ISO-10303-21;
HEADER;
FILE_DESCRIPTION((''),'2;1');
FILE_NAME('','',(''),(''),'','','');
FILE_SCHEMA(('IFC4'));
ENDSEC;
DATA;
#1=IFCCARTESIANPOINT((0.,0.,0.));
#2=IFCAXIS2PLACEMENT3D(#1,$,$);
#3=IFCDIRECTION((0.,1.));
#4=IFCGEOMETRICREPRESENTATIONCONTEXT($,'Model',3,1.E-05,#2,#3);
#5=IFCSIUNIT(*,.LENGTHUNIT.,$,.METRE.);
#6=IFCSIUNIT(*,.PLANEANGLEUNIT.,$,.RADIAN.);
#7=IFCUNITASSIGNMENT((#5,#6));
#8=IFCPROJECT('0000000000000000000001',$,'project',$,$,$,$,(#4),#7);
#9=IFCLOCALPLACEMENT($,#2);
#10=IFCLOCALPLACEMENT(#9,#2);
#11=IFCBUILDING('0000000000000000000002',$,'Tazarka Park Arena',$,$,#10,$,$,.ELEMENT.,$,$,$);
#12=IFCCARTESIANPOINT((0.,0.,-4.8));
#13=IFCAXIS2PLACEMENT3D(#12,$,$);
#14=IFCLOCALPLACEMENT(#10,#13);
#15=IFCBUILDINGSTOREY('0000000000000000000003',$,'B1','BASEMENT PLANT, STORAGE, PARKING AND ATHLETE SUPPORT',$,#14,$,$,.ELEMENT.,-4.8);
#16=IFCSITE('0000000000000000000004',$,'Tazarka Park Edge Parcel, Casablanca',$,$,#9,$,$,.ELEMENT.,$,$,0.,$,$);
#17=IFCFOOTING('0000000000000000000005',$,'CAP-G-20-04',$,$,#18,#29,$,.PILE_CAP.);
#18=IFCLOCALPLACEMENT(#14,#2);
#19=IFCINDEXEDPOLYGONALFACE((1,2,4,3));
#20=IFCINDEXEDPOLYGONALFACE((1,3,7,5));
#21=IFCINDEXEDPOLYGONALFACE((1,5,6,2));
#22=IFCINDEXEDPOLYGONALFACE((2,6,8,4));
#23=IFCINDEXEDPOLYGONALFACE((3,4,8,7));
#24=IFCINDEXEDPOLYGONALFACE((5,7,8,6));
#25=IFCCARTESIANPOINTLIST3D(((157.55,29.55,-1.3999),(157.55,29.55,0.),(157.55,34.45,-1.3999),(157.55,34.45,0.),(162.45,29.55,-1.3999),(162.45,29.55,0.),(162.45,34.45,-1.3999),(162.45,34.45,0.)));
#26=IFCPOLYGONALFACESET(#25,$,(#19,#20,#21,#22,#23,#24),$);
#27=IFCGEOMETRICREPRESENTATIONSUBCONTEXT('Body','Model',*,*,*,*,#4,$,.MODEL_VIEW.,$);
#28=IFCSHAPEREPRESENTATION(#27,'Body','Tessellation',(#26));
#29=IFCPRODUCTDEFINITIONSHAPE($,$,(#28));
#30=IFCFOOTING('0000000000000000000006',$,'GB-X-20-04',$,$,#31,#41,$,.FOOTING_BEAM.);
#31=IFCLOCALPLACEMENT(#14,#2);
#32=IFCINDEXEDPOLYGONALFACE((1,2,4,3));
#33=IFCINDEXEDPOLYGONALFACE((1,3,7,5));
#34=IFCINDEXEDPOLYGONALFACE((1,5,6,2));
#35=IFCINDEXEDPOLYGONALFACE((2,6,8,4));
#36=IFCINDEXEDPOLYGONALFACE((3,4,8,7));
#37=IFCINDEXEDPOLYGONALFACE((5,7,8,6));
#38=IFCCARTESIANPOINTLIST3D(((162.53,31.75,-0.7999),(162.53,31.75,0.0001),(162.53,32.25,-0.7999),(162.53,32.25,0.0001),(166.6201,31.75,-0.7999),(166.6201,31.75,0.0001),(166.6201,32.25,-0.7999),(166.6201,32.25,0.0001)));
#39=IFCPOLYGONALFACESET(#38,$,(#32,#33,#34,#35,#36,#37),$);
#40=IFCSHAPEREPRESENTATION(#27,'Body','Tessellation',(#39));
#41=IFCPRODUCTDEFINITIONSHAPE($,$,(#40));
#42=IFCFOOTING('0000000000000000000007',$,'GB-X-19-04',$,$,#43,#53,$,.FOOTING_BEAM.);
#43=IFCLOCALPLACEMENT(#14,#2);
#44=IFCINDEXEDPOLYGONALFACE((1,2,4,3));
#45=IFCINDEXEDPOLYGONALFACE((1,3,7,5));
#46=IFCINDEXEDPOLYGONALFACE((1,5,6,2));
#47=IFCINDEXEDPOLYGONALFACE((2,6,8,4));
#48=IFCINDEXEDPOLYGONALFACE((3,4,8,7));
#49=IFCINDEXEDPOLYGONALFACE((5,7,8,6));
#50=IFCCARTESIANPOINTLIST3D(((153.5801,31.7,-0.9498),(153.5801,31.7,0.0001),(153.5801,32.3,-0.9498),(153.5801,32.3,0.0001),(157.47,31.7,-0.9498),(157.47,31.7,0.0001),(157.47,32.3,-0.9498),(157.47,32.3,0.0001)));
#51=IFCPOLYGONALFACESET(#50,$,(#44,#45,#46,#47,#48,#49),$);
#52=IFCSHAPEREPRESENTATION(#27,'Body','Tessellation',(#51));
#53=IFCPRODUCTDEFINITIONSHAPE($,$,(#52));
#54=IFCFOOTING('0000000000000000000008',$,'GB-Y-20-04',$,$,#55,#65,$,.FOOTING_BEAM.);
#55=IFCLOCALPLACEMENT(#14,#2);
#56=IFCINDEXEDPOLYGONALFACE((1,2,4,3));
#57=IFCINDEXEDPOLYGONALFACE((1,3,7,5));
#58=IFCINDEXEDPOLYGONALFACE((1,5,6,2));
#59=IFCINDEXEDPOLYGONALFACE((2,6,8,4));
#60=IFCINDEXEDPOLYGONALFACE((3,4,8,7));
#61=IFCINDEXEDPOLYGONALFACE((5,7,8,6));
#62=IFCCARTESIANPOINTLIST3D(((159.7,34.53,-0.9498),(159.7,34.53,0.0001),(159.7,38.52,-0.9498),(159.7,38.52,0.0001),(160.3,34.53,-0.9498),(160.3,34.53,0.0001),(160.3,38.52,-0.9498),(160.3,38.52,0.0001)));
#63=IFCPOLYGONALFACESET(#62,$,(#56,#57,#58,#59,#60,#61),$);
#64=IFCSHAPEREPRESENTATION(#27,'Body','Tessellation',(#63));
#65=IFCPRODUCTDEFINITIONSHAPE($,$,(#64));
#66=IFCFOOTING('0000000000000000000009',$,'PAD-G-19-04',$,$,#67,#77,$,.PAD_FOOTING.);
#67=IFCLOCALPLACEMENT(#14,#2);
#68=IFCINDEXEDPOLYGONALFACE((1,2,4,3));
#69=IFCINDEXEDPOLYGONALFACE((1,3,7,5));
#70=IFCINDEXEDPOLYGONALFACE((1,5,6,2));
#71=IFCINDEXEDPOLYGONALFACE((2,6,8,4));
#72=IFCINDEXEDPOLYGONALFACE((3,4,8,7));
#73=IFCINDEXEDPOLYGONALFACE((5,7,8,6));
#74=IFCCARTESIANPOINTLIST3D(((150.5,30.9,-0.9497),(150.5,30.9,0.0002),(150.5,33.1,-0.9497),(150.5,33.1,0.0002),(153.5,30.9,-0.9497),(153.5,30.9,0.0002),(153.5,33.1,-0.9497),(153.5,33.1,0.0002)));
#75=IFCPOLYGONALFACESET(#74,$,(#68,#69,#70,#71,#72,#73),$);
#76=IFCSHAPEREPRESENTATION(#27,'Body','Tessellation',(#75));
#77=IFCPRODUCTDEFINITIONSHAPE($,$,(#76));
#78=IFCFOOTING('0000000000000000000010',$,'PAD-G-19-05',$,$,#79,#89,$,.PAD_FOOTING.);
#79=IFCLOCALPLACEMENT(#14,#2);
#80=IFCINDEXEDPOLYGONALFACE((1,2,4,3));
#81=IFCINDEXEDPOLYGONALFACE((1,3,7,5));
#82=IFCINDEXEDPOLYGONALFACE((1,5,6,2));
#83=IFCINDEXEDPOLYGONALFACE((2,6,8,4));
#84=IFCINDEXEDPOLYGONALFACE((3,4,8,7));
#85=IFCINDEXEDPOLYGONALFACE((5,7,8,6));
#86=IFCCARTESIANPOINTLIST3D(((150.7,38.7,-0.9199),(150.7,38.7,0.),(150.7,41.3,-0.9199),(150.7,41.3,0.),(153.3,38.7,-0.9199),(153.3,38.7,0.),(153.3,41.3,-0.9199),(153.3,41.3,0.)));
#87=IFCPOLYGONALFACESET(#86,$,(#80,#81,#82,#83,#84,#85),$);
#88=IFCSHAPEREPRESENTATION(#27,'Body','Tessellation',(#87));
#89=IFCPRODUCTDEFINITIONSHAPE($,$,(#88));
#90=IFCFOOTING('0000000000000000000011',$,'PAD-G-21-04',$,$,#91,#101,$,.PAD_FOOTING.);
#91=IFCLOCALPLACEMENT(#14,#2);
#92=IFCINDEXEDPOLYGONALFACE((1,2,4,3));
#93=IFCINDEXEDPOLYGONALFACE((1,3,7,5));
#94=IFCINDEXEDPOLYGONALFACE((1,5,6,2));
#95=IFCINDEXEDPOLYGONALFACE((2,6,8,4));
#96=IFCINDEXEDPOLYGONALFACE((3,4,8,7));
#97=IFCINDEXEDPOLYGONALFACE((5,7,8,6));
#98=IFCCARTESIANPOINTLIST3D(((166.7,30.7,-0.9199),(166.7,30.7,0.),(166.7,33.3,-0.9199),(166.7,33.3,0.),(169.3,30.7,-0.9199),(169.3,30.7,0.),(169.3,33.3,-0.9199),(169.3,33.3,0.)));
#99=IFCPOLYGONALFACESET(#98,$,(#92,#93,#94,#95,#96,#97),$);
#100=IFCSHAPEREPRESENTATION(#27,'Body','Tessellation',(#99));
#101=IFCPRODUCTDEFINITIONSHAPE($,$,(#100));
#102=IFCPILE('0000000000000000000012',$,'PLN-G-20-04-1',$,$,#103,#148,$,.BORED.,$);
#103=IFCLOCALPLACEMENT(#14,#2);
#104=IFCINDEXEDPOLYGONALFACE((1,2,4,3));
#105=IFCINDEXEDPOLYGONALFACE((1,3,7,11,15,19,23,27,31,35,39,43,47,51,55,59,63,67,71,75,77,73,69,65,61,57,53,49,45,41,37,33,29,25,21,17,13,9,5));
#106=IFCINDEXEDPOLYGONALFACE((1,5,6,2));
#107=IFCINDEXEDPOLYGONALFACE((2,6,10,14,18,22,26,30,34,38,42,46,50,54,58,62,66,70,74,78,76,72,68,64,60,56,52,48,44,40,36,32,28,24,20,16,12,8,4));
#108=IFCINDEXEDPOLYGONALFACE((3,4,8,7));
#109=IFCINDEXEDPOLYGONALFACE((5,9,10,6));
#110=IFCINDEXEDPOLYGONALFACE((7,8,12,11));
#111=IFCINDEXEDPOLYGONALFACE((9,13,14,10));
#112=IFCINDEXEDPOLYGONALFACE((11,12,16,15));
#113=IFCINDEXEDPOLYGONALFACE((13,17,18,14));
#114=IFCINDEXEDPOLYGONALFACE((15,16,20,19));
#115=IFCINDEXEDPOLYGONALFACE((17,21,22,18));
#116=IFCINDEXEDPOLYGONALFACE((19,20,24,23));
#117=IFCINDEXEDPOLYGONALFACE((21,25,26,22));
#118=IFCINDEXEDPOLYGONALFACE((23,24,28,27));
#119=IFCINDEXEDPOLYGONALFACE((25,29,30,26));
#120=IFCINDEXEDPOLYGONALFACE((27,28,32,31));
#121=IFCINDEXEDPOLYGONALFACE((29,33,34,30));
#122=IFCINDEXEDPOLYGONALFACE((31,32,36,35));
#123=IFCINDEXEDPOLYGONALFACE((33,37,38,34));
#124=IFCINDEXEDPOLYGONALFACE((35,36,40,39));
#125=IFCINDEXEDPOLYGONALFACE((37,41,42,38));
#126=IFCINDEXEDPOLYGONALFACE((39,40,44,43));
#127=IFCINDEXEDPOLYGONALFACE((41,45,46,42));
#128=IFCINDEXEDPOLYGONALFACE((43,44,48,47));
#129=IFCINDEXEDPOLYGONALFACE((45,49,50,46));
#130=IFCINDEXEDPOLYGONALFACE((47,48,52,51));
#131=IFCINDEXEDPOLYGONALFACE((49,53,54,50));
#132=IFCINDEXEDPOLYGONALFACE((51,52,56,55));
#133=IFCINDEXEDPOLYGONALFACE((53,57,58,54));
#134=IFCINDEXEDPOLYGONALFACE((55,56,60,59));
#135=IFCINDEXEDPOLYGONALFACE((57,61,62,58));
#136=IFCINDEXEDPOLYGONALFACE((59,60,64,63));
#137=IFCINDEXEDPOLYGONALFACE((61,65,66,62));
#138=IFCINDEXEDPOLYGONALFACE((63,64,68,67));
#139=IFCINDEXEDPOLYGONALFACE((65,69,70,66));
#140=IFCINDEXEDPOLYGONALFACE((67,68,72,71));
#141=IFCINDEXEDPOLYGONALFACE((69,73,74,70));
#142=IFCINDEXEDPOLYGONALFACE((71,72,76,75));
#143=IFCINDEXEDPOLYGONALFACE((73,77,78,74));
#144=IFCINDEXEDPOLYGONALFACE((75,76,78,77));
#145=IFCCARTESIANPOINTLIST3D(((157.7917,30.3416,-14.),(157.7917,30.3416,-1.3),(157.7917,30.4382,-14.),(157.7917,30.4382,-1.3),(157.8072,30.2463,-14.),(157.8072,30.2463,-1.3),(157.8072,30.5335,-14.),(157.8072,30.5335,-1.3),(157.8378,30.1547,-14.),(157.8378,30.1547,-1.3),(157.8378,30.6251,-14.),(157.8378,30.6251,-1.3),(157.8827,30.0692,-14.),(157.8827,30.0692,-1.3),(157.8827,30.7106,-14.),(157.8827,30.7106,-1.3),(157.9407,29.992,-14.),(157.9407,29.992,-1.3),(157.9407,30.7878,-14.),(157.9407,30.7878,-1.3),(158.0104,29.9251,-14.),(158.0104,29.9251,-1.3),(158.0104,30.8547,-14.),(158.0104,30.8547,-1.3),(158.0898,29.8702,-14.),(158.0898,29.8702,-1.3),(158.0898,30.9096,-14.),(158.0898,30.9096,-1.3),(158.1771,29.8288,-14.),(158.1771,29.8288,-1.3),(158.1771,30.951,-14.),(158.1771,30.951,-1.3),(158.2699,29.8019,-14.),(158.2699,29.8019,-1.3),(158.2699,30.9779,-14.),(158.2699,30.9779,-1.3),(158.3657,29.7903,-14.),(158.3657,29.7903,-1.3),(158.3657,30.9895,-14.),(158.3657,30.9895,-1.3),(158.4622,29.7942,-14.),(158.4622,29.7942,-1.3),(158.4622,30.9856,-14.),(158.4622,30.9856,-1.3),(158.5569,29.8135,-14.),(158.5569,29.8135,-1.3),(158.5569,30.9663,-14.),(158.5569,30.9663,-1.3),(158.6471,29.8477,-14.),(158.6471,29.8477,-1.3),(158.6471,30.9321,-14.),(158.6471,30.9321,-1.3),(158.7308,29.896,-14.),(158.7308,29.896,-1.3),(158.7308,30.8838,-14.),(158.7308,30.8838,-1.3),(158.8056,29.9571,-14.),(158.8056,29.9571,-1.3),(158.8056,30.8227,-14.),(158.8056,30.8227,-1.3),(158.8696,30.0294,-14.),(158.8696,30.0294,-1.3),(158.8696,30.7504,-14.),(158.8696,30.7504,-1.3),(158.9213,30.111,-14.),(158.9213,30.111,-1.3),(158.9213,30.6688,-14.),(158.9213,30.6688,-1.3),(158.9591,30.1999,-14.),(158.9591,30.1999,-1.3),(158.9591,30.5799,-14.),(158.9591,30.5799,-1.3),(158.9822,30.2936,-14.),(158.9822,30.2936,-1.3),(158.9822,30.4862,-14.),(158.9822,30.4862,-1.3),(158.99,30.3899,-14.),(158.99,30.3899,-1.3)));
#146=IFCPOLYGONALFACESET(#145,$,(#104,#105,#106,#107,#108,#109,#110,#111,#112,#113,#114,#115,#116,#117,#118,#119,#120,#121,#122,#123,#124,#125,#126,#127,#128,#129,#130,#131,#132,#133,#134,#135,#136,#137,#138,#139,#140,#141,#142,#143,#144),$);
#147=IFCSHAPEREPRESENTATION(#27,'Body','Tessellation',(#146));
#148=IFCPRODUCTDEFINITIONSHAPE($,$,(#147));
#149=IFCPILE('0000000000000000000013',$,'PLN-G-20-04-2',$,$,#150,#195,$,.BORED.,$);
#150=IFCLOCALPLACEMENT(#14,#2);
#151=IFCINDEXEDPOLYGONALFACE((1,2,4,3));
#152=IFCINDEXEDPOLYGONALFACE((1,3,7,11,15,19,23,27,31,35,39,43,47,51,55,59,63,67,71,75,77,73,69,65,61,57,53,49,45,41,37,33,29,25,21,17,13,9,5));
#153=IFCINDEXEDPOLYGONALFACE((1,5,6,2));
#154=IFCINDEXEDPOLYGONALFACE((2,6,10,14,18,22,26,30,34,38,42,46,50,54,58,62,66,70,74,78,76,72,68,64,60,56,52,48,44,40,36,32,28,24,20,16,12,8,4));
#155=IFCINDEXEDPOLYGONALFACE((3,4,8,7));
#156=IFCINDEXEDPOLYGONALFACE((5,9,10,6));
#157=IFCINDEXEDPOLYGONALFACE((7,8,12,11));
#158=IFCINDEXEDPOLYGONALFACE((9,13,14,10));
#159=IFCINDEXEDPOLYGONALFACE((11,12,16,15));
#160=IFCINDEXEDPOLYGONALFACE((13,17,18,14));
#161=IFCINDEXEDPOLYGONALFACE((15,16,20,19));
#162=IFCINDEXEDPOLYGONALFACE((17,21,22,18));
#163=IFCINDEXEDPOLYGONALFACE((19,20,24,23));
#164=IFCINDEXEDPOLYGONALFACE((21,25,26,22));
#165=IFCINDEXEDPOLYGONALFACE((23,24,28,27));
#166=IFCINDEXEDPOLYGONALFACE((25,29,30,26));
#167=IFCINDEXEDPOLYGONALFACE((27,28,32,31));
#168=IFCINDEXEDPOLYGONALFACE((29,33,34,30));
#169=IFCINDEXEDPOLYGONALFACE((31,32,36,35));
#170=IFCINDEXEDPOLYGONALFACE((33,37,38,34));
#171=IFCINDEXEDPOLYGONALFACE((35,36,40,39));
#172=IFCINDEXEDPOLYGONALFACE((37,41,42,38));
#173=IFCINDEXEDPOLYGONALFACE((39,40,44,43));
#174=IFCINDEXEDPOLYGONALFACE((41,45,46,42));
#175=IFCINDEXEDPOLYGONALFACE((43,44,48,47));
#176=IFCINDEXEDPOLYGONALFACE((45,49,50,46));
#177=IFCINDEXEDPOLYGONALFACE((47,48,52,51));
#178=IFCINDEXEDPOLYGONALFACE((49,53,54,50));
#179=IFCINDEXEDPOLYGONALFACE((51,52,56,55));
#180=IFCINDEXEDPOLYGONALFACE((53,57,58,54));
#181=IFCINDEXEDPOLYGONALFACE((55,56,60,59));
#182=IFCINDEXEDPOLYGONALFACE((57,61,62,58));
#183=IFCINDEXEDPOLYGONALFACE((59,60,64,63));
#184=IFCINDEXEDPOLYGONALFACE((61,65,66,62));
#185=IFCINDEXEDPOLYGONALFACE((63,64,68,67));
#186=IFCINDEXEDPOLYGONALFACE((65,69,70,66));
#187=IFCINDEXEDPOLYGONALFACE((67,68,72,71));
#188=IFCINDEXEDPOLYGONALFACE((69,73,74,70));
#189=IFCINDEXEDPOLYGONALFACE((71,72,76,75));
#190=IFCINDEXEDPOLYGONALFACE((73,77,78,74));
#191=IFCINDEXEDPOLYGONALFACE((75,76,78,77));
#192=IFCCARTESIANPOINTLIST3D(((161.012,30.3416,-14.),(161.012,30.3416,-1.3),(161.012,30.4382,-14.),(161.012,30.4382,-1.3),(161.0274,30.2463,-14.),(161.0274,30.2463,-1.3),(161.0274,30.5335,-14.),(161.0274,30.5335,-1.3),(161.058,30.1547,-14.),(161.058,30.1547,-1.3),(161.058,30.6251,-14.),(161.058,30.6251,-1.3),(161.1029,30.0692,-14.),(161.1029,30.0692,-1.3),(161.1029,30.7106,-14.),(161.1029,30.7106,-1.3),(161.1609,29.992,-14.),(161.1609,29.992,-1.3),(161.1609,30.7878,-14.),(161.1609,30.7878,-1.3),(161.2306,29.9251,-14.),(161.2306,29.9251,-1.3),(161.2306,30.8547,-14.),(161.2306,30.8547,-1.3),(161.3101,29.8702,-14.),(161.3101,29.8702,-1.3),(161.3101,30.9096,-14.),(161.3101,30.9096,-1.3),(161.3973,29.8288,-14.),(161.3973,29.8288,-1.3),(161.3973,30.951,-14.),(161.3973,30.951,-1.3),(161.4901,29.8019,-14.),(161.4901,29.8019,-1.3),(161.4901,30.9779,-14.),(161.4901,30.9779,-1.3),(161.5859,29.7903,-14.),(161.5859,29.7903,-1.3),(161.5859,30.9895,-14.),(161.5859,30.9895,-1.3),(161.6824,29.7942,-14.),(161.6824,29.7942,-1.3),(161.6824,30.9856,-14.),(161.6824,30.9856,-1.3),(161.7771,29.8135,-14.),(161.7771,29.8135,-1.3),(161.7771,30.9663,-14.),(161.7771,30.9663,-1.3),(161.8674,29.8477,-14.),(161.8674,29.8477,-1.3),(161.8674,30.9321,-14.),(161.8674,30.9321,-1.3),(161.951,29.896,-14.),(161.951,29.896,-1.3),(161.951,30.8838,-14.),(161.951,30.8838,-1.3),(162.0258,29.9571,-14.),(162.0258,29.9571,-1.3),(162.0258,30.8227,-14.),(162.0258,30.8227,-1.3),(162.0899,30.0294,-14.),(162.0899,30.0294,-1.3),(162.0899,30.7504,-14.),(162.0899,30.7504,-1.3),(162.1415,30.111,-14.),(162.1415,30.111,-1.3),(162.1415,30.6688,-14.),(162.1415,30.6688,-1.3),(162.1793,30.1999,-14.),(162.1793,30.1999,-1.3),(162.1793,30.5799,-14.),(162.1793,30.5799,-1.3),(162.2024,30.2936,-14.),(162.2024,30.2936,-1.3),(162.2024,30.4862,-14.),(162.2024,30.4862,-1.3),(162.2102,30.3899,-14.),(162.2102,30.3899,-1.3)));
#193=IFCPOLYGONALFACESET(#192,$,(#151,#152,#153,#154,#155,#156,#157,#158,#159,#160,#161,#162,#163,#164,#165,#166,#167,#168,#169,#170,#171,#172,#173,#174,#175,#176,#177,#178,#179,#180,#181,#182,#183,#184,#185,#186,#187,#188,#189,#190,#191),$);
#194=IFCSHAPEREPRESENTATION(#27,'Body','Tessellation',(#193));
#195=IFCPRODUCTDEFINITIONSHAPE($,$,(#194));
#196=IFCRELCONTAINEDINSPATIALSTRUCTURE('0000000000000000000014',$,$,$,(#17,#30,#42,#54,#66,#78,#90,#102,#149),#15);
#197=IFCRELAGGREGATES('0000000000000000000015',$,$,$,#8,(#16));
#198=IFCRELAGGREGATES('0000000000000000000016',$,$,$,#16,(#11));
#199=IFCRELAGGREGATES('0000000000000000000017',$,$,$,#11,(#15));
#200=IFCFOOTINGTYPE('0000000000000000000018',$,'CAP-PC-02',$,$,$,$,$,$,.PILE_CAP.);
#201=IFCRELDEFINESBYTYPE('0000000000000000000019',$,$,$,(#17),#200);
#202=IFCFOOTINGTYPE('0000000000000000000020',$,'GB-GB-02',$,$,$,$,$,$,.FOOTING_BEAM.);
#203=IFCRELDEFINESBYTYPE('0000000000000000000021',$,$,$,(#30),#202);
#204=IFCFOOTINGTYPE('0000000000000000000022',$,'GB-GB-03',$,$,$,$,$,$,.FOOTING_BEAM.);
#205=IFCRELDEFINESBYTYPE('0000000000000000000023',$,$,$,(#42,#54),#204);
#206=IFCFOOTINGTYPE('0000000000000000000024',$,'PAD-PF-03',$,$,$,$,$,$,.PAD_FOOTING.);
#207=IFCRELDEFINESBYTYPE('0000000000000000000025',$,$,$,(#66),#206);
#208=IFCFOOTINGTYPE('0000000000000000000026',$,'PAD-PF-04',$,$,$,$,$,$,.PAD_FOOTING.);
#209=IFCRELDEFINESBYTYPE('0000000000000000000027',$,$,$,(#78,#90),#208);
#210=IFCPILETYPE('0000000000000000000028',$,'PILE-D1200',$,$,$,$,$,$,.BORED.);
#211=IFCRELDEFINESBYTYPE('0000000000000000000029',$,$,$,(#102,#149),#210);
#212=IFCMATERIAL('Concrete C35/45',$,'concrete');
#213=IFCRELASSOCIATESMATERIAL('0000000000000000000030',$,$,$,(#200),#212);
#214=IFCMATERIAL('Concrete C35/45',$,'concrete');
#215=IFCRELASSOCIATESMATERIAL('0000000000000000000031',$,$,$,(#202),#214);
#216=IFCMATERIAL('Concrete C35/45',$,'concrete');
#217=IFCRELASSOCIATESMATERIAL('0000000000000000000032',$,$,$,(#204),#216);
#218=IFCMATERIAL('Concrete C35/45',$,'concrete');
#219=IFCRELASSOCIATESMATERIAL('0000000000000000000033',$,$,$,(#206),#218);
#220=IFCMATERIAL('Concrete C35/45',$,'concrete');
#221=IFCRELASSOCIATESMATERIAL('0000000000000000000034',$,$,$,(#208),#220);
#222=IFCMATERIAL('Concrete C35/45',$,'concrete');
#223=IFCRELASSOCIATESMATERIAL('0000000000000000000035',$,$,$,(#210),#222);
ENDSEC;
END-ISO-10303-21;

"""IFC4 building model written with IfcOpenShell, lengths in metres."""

from ifc_helpers import new_model, si_unit, direction, frame, origin, origin_2d, place, context, subcontext, project, spatial, rectangle, circle, extrude, material, material_profile, profile_set, type_object, element, save


model = new_model("IFC4")

# Units and contexts
model_context = context("Model", 3, precision=1e-05, world=origin(), true_north=direction((0.0, 1.0)))
body_context = subcontext(model_context, "Body", "Model", "MODEL_VIEW")
ifc_project = project(units=[si_unit("LENGTHUNIT", "METRE"), si_unit("PLANEANGLEUNIT", "RADIAN")], contexts=[model_context])

# Site, building, storey
site_placement = place(None, origin())
site = spatial("IfcSite", under=ifc_project, at=site_placement, Name="Tazarka Park Edge Parcel, Casablanca", CompositionType="ELEMENT", RefElevation=0.0)
building_placement = place(site_placement, origin())
building = spatial("IfcBuilding", under=site, at=building_placement, Name="Tazarka Park Arena", CompositionType="ELEMENT")
storey_placement = place(building_placement, frame((0.0, 0.0, -4.8)))
storey = spatial("IfcBuildingStorey", under=building, at=storey_placement, Name="B1", Description="BASEMENT PLANT, STORAGE, PARKING AND ATHLETE SUPPORT", CompositionType="ELEMENT", Elevation=-4.8)

# Footings
ifc_material_1 = material(Name="Concrete C35/45", Category="concrete")
footing_type_1 = type_object("IfcFootingType", Name="CAP-PC-02", PredefinedType="PILE_CAP", material=ifc_material_1)
footing_1_placement = place(storey_placement, frame((160.0, 32.0, -1.3999), z_axis=(0.0, 0.0, 1.0), x_axis=(1.0, 0.0, 0.0)))
element("IfcFooting", 1, at=footing_1_placement, inside=storey, type_object=footing_type_1, Name="CAP-G-20-04", PredefinedType="PILE_CAP", context=body_context, shape_type="SweptSolid", body=[
    extrude(rectangle(XDim=4.8999, YDim=4.8999, at=origin_2d()), origin(), (0.0, 0.0, 1.0), 1.3999),
])
ifc_material_2 = material(Name="Concrete C35/45", Category="concrete")
ifc_material_profile_1 = material_profile(ifc_material_2, rectangle(XDim=0.5, YDim=0.8, at=origin_2d()), Name="Concrete C35/45")
ifc_profile_set_1 = profile_set([ifc_material_profile_1], Name="Concrete C35/45")
footing_type_2 = type_object("IfcFootingType", Name="GB-GB-02", PredefinedType="FOOTING_BEAM", material=ifc_profile_set_1)
footing_2_placement = place(storey_placement, frame((162.53, 32.0, -0.3999), z_axis=(1.0, 0.0, 0.0), x_axis=(0.0, 1.0, 0.0)))
element("IfcFooting", 2, at=footing_2_placement, inside=storey, type_object=footing_type_2, Name="GB-X-20-04", PredefinedType="FOOTING_BEAM", context=body_context, shape_type="SweptSolid", body=[
    extrude(rectangle(XDim=0.5, YDim=0.8, at=origin_2d()), origin(), (0.0, 0.0, 1.0), 4.0901),
])
ifc_material_3 = material(Name="Concrete C35/45", Category="concrete")
ifc_material_profile_2 = material_profile(ifc_material_3, rectangle(XDim=0.6001, YDim=0.95, at=origin_2d()), Name="Concrete C35/45")
ifc_profile_set_2 = profile_set([ifc_material_profile_2], Name="Concrete C35/45")
footing_type_3 = type_object("IfcFootingType", Name="GB-GB-03", PredefinedType="FOOTING_BEAM", material=ifc_profile_set_2)
footing_3_placement = place(storey_placement, frame((153.5801, 32.0, -0.4749), z_axis=(1.0, 0.0, 0.0), x_axis=(0.0, 1.0, 0.0)))
element("IfcFooting", 3, at=footing_3_placement, inside=storey, type_object=footing_type_3, Name="GB-X-19-04", PredefinedType="FOOTING_BEAM", context=body_context, shape_type="SweptSolid", body=[
    extrude(rectangle(XDim=0.6001, YDim=0.95, at=origin_2d()), origin(), (0.0, 0.0, 1.0), 3.8899),
])
footing_4_placement = place(storey_placement, frame((160.0, 34.53, -0.4749), z_axis=(0.0, 1.0, 0.0), x_axis=(-1.0, 0.0, 0.0)))
element("IfcFooting", 4, at=footing_4_placement, inside=storey, type_object=footing_type_3, Name="GB-Y-20-04", PredefinedType="FOOTING_BEAM", context=body_context, shape_type="SweptSolid", body=[
    extrude(rectangle(XDim=0.6001, YDim=0.95, at=origin_2d()), origin(), (0.0, 0.0, 1.0), 3.99),
])
ifc_material_4 = material(Name="Concrete C35/45", Category="concrete")
footing_type_4 = type_object("IfcFootingType", Name="PAD-PF-03", PredefinedType="PAD_FOOTING", material=ifc_material_4)
footing_5_placement = place(storey_placement, frame((152.0, 32.0, -0.9497), z_axis=(0.0, 0.0, 1.0), x_axis=(1.0, 0.0, 0.0)))
element("IfcFooting", 5, at=footing_5_placement, inside=storey, type_object=footing_type_4, Name="PAD-G-19-04", PredefinedType="PAD_FOOTING", context=body_context, shape_type="SweptSolid", body=[
    extrude(rectangle(XDim=3.0, YDim=2.2, at=origin_2d()), origin(), (0.0, 0.0, 1.0), 0.95),
])
ifc_material_5 = material(Name="Concrete C35/45", Category="concrete")
footing_type_5 = type_object("IfcFootingType", Name="PAD-PF-04", PredefinedType="PAD_FOOTING", material=ifc_material_5)
for number, where, z_axis, x_axis, name in (
    (6, (152.0, 40.0, -0.9199), (0.0, 0.0, 1.0), (1.0, 0.0, 0.0), "PAD-G-19-05"),
    (7, (168.0, 32.0, -0.9199), (0.0, 0.0, 1.0), (1.0, 0.0, 0.0), "PAD-G-21-04"),
):
    element("IfcFooting", number, at=place(storey_placement, frame(where, z_axis=z_axis, x_axis=x_axis)), inside=storey, type_object=footing_type_5, Name=name, PredefinedType="PAD_FOOTING", context=body_context, shape_type="SweptSolid", body=[
        extrude(rectangle(XDim=2.6001, YDim=2.6001, at=origin_2d()), origin(), (0.0, 0.0, 1.0), 0.9199),
    ])

# Piles
ifc_material_6 = material(Name="Concrete C35/45", Category="concrete")
ifc_material_profile_3 = material_profile(ifc_material_6, circle(Radius=0.6001, at=origin_2d()), Name="Concrete C35/45")
ifc_profile_set_3 = profile_set([ifc_material_profile_3], Name="Concrete C35/45")
pile_type = type_object("IfcPileType", Name="PILE-D1200", PredefinedType="BORED", material=ifc_profile_set_3)
for number, where, z_axis, x_axis, name in (
    (8, (158.3899, 30.3899, -1.3), (0.0, 0.0, -1.0), (1.0, 0.0, 0.0), "PLN-G-20-04-1"),
    (9, (161.6101, 30.3899, -1.3), (0.0, 0.0, -1.0), (1.0, 0.0, 0.0), "PLN-G-20-04-2"),
):
    element("IfcPile", number, at=place(storey_placement, frame(where, z_axis=z_axis, x_axis=x_axis)), inside=storey, type_object=pile_type, Name=name, PredefinedType="BORED", context=body_context, shape_type="SweptSolid", body=[
        extrude(circle(Radius=0.6001, at=origin_2d()), origin(), (0.0, 0.0, 1.0), 12.7),
    ])

save(model, "model.ifc")
